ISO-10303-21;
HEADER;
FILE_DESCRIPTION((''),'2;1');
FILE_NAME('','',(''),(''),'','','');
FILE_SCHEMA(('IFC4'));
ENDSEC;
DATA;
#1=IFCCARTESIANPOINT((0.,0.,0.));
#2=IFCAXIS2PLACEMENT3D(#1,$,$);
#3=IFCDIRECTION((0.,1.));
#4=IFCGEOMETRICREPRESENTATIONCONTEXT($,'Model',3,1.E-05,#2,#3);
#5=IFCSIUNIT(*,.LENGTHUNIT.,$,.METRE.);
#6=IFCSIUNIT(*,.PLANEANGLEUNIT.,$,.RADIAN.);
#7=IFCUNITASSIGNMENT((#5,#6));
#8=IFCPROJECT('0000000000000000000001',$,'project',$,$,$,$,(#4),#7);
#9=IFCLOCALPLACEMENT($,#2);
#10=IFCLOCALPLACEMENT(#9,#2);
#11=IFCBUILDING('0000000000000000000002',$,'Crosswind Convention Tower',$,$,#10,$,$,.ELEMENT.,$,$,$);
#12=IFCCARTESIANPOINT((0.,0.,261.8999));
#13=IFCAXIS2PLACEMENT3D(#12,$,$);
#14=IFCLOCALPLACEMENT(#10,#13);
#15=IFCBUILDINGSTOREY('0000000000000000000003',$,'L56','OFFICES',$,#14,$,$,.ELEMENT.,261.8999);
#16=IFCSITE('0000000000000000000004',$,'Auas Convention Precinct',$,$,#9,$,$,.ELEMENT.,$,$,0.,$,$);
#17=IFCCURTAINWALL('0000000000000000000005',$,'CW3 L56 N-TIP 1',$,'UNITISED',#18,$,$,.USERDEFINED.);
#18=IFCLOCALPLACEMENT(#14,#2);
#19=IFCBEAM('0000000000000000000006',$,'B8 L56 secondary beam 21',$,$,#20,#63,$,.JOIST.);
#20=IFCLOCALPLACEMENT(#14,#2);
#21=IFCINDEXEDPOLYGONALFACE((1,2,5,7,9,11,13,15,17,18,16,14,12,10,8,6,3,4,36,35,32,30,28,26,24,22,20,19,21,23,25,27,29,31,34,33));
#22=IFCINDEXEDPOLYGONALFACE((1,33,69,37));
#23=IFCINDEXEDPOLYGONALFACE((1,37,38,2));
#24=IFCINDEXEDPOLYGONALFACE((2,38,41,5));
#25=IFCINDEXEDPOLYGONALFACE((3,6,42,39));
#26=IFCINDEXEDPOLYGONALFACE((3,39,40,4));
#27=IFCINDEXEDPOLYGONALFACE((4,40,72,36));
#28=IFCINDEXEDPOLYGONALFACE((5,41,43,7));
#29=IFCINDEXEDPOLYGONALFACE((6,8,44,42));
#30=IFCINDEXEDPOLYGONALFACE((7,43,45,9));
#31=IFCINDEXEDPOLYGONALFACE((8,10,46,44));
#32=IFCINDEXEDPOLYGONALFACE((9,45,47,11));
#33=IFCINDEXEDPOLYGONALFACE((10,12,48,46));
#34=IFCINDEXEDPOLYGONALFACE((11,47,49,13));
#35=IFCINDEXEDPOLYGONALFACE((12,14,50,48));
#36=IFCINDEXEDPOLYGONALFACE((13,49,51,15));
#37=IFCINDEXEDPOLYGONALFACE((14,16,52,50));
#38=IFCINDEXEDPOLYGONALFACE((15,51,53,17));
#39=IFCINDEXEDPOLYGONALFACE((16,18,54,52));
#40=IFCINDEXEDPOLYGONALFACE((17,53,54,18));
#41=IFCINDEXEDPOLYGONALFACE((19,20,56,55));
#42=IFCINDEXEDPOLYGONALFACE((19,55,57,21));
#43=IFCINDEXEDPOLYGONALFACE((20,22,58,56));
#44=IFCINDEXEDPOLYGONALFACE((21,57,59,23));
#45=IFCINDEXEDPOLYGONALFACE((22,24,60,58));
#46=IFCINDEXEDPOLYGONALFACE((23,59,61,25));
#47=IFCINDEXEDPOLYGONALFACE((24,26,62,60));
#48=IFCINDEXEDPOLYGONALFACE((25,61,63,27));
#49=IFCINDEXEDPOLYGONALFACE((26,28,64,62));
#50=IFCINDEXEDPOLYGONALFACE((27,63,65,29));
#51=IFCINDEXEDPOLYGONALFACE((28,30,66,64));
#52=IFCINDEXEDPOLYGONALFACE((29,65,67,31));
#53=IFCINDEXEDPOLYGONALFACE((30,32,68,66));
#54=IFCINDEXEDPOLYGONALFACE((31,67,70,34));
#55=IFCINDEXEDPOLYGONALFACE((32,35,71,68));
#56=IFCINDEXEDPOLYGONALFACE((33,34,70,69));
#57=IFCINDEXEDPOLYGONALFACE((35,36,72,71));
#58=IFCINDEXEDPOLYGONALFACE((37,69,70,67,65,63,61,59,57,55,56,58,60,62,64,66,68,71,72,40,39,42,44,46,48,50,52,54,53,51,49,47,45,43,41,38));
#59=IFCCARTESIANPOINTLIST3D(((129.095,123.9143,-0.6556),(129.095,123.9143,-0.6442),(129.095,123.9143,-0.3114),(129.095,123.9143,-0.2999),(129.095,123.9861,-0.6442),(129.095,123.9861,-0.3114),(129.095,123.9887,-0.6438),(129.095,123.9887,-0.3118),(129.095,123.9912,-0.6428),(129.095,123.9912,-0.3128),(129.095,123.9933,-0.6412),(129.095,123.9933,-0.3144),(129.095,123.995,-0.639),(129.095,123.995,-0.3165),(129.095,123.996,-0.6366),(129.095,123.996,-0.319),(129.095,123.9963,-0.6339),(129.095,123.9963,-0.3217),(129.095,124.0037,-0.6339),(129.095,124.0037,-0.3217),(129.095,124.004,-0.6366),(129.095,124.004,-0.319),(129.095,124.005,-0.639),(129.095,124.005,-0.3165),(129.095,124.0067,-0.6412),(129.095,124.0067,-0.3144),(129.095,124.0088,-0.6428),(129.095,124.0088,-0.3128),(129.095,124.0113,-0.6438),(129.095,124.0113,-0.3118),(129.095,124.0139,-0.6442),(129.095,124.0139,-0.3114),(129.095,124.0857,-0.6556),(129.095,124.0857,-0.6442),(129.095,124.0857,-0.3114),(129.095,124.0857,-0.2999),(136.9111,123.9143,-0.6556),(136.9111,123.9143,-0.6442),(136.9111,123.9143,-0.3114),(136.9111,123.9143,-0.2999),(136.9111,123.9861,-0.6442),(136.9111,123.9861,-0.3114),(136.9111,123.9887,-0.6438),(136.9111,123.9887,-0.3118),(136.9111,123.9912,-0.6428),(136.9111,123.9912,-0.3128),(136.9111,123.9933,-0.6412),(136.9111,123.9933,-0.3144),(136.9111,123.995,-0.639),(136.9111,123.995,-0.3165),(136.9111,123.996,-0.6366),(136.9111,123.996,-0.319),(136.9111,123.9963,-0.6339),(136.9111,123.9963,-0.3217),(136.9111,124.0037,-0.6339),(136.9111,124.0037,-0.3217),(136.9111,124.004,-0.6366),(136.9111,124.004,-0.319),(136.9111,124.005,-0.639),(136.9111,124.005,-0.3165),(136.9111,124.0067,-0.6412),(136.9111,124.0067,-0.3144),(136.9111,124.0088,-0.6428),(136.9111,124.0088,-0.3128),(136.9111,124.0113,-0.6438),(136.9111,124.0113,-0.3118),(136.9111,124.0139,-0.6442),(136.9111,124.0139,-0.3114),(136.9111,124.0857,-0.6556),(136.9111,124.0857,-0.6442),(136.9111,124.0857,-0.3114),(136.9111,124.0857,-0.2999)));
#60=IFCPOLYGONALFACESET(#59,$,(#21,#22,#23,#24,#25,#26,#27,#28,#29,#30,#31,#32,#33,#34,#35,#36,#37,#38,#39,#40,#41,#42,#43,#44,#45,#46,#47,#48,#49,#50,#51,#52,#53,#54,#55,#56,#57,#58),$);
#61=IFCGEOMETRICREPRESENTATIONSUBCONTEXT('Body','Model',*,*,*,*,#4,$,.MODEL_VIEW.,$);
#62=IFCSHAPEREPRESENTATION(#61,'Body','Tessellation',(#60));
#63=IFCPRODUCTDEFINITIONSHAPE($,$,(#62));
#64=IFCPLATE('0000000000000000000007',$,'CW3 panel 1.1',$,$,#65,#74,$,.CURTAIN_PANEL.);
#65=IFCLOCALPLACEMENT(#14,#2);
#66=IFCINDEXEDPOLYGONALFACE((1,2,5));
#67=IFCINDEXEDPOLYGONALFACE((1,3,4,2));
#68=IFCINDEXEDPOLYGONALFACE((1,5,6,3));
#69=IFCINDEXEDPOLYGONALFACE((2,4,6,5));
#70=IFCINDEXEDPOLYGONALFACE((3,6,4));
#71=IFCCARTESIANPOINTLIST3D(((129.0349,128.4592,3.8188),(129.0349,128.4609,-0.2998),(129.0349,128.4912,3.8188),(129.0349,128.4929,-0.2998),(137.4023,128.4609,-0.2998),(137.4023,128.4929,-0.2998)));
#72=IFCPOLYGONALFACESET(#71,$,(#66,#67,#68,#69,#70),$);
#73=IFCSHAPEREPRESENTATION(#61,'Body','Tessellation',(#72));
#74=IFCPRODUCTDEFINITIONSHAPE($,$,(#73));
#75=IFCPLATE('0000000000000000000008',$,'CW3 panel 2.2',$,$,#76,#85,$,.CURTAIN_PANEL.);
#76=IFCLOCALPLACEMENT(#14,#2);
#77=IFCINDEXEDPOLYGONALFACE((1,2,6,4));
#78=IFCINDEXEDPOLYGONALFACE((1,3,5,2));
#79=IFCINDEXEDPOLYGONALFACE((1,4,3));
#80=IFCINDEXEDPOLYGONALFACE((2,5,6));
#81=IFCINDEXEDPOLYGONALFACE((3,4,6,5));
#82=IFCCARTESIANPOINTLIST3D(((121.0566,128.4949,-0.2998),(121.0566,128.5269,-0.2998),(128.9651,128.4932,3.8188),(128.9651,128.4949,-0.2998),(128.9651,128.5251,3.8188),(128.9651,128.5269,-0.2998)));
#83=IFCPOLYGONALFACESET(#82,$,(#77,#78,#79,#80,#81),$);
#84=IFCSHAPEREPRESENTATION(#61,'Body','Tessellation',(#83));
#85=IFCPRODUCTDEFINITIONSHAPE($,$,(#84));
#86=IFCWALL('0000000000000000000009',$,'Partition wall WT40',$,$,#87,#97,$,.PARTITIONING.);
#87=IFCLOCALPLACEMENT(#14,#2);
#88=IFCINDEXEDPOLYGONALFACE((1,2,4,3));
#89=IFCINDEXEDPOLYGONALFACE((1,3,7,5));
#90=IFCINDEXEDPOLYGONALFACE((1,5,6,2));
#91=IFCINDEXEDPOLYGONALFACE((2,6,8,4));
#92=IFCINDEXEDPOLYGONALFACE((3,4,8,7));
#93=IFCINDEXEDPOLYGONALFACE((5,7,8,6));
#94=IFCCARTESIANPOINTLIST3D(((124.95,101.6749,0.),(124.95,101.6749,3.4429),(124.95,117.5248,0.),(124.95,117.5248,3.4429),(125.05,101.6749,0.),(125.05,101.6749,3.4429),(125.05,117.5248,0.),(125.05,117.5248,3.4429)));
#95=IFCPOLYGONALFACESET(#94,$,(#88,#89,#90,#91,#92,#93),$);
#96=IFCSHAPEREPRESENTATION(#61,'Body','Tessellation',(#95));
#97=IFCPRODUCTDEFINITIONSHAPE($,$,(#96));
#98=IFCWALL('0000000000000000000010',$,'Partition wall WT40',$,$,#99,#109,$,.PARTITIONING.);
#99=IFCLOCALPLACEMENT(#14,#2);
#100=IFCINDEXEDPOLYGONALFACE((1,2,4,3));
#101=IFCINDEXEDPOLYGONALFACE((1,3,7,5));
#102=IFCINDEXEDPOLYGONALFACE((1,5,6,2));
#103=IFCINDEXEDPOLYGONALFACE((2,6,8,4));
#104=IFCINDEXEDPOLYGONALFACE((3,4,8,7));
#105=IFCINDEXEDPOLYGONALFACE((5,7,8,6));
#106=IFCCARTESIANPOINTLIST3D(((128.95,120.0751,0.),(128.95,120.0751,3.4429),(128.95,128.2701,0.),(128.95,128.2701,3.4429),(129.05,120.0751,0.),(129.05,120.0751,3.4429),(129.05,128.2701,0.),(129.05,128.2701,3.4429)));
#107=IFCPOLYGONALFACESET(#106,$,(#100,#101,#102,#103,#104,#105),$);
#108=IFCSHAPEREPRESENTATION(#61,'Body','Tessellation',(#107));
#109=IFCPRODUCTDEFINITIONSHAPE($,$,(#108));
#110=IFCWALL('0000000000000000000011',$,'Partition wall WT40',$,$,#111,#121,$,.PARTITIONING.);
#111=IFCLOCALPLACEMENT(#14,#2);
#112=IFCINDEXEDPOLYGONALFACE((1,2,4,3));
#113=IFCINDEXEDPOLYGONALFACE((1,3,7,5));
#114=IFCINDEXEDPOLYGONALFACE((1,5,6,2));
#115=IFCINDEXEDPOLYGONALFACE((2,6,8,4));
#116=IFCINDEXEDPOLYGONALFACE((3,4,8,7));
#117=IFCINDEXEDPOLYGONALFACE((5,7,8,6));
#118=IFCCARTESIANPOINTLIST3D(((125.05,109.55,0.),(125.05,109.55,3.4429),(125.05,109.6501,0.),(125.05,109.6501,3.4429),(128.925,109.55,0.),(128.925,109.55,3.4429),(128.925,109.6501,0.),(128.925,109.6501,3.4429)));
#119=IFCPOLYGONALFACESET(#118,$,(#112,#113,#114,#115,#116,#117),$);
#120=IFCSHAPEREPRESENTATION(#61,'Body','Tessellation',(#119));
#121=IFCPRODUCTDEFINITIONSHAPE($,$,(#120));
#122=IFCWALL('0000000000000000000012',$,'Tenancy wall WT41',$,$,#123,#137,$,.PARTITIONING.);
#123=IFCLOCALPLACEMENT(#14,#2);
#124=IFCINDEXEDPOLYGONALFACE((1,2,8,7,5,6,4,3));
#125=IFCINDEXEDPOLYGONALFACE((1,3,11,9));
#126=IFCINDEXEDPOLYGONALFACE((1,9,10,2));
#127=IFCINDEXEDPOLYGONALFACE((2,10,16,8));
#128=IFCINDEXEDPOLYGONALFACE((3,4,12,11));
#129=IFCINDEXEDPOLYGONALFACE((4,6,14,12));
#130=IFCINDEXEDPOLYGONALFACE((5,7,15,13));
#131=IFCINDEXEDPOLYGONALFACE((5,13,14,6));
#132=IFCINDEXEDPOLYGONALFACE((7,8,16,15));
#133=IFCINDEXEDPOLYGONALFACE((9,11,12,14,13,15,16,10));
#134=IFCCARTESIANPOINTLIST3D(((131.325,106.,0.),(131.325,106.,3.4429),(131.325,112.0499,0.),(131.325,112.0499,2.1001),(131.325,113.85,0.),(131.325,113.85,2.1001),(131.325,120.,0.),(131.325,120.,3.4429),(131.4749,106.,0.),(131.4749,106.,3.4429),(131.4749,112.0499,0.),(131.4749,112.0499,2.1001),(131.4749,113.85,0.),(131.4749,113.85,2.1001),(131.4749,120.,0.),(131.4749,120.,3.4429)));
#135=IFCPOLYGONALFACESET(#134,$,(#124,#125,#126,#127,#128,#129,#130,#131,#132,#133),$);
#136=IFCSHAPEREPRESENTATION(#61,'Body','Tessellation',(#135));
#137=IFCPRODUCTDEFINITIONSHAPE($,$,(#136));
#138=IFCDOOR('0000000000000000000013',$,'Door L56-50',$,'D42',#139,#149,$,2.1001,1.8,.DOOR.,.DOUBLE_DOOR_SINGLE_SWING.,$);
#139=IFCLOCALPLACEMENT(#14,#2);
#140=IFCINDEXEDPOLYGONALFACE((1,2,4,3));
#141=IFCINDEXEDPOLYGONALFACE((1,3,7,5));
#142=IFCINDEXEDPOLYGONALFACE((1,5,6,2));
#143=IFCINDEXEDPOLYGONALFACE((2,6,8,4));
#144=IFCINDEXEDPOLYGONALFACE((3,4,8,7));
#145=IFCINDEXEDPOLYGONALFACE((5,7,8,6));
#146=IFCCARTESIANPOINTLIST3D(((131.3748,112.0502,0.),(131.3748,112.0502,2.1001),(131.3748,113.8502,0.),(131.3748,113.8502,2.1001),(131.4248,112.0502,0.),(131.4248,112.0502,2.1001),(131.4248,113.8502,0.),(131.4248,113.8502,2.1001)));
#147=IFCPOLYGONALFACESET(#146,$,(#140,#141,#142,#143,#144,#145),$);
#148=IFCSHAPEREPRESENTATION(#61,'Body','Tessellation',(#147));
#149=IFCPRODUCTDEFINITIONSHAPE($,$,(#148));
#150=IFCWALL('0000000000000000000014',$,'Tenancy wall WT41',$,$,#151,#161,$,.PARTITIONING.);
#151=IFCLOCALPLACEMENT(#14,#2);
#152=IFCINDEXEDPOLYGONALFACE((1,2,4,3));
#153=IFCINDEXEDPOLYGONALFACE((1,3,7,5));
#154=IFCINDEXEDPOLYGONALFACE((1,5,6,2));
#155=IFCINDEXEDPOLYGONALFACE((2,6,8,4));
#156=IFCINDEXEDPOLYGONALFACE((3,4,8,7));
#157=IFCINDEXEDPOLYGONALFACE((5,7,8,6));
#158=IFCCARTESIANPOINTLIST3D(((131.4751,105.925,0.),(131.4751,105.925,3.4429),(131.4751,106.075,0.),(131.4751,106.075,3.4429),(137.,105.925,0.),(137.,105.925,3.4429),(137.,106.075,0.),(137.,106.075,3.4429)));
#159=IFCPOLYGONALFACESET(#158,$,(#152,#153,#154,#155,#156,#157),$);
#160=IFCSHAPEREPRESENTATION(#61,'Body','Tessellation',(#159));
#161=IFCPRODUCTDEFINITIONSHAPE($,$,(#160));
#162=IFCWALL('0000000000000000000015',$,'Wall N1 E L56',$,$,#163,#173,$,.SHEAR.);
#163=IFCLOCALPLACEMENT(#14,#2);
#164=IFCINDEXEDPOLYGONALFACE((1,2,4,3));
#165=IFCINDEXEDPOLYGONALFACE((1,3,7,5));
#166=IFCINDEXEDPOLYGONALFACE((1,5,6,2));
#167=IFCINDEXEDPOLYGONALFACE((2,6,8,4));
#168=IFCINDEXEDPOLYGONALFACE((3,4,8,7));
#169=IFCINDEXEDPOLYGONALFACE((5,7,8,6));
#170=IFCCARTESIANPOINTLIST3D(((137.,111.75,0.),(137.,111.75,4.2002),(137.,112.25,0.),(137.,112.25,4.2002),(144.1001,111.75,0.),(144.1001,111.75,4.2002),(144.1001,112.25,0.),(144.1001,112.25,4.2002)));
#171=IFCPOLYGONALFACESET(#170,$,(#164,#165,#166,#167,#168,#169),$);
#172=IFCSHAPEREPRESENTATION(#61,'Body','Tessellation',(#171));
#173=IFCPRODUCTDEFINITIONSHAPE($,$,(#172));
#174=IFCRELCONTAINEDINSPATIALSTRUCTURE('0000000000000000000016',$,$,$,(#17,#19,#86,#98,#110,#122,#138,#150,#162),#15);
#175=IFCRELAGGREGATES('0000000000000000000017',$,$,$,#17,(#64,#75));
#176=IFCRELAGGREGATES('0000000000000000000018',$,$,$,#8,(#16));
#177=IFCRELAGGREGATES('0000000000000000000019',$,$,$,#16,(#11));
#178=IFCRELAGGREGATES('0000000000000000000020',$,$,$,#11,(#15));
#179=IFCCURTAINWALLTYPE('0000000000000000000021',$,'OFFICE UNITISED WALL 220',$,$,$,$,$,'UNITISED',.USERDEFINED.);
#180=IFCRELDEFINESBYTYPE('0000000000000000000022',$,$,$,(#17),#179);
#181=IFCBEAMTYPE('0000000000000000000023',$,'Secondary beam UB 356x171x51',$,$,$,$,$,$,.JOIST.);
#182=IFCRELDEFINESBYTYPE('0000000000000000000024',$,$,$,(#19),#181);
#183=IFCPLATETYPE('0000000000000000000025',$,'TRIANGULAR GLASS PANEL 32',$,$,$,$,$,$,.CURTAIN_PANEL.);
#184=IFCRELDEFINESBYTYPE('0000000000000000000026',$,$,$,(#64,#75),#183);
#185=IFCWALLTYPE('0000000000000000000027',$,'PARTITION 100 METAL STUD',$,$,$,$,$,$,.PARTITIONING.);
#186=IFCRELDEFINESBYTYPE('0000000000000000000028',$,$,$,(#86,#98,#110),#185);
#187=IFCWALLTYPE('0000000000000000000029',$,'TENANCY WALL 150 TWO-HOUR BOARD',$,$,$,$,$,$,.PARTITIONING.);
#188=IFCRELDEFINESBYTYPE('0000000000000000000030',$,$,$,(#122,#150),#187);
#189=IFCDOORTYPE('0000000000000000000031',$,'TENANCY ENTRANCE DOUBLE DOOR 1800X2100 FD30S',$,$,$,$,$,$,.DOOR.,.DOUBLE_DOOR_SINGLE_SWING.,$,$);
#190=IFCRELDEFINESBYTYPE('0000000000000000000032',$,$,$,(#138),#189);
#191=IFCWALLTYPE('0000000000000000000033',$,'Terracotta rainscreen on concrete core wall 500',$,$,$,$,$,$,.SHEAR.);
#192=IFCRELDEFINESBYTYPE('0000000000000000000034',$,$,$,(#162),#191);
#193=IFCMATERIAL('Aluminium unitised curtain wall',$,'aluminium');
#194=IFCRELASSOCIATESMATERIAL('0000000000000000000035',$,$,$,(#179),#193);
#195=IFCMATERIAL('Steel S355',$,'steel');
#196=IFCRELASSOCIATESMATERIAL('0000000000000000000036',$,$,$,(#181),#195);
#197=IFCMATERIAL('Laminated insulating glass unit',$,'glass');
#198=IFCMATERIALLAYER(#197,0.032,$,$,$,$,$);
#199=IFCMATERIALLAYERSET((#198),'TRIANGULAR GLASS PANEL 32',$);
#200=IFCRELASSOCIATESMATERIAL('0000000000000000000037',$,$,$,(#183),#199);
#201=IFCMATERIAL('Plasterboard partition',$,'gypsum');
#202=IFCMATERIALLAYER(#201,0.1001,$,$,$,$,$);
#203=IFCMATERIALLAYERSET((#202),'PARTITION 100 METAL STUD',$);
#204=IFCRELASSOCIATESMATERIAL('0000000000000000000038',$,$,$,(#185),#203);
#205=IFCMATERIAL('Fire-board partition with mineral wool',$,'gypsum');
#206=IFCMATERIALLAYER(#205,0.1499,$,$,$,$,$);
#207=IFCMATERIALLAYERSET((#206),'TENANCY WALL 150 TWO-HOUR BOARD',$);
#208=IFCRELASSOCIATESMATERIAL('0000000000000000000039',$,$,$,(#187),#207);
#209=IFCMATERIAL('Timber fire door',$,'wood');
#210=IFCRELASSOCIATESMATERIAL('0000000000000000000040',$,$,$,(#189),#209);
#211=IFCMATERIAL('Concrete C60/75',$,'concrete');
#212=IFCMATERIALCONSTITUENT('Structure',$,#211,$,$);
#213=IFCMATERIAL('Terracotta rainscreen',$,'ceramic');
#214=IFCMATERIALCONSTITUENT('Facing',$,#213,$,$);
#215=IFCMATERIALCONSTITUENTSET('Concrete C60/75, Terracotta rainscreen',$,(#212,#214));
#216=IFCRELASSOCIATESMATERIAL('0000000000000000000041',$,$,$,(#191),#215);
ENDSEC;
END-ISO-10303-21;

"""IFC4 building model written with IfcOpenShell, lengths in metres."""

from ifc_helpers import new_model, si_unit, direction, frame, frame_2d, origin, origin_2d, place, context, subcontext, project, spatial, polyline, rectangle, i_section, outline, extrude, material, layer, layer_set, constituent, constituent_set, material_profile, profile_set, type_object, element, fill, aggregate, save


model = new_model("IFC4")

# Units and contexts
model_context = context("Model", 3, precision=1e-05, world=origin(), true_north=direction((0.0, 1.0)))
body_context = subcontext(model_context, "Body", "Model", "MODEL_VIEW")
ifc_project = project(units=[si_unit("LENGTHUNIT", "METRE"), si_unit("PLANEANGLEUNIT", "RADIAN")], contexts=[model_context])

# Site, building, storey
site_placement = place(None, origin())
site = spatial("IfcSite", under=ifc_project, at=site_placement, Name="Auas Convention Precinct", CompositionType="ELEMENT", RefElevation=0.0)
building_placement = place(site_placement, origin())
building = spatial("IfcBuilding", under=site, at=building_placement, Name="Crosswind Convention Tower", CompositionType="ELEMENT")
storey_placement = place(building_placement, frame((0.0, 0.0, 261.8999)))
storey = spatial("IfcBuildingStorey", under=building, at=storey_placement, Name="L56", Description="OFFICES", CompositionType="ELEMENT", Elevation=261.8999)

# Shared definitions
ifc_material_1 = material(Name="Concrete C60/75", Category="concrete")

# Shared definitions
ifc_material_2 = material(Name="Steel S355", Category="steel")

# Curtain wall
ifc_material_3 = material(Name="Aluminium unitised curtain wall", Category="aluminium")
curtain_wall_type = type_object("IfcCurtainWallType", Name="OFFICE UNITISED WALL 220", ElementType="UNITISED", PredefinedType="USERDEFINED", material=ifc_material_3)
curtain_wall_placement = place(storey_placement, origin())
curtain_wall = element("IfcCurtainWall", 1, at=curtain_wall_placement, inside=storey, type_object=curtain_wall_type, Name="CW3 L56 N-TIP 1", ObjectType="UNITISED", PredefinedType="USERDEFINED")

# Beam
ifc_material_profile_1 = material_profile(ifc_material_2, i_section(OverallWidth=0.1714, OverallDepth=0.3557, WebThickness=0.0073, FlangeThickness=0.0115, FilletRadius=0.0103, at=origin_2d()), Name="UB 356x171x51")
ifc_profile_set_1 = profile_set([ifc_material_profile_1], Name="Steel S355")
beam_type_1 = type_object("IfcBeamType", Name="Secondary beam UB 356x171x51", PredefinedType="JOIST", material=ifc_profile_set_1)
for number, where, z_axis, x_axis, name in (
    (2, (129.095, 124.0, -0.4778), (1.0, 0.0, 0.0), (0.0, 1.0, 0.0), "B8 L56 secondary beam 21"),
):
    element("IfcBeam", number, at=place(storey_placement, frame(where, z_axis=z_axis, x_axis=x_axis)), inside=storey, type_object=beam_type_1, Name=name, PredefinedType="JOIST", context=body_context, shape_type="SweptSolid", body=[
        extrude(i_section(OverallWidth=0.1714, OverallDepth=0.3557, WebThickness=0.0073, FlangeThickness=0.0115, FilletRadius=0.0103, at=origin_2d()), origin(), (0.0, 0.0, 1.0), 7.8162),
    ])

# Plates
ifc_material_4 = material(Name="Laminated insulating glass unit", Category="glass")
ifc_layer_1 = layer(ifc_material_4, 0.032)
ifc_layer_set_1 = layer_set([ifc_layer_1], Name="TRIANGULAR GLASS PANEL 32")
plate_type = type_object("IfcPlateType", Name="TRIANGULAR GLASS PANEL 32", PredefinedType="CURTAIN_PANEL", material=ifc_layer_set_1)
plate_1_placement = place(storey_placement, frame((129.0349, 128.4929, -0.2998), z_axis=(0.0, 1.0, 0.000415), x_axis=(0.0, -0.000415, 1.0)))
plate_1 = element("IfcPlate", 3, at=plate_1_placement, type_object=plate_type, Name="CW3 panel 1.1", PredefinedType="CURTAIN_PANEL", context=body_context, shape_type="SweptSolid", body=[
    extrude(outline(polyline([(0.0, 0.0), (4.1187, 0.0), (0.0, 8.3674), (0.0, 0.0)])), origin(), (0.0, 0.0, -1.0), 0.032),
])
plate_2_placement = place(storey_placement, frame((128.9651, 128.5269, -0.2998), z_axis=(0.0, 1.0, 0.000415), x_axis=(-1.0, 0.0, 0.0)))
plate_2 = element("IfcPlate", 4, at=plate_2_placement, type_object=plate_type, Name="CW3 panel 2.2", PredefinedType="CURTAIN_PANEL", context=body_context, shape_type="SweptSolid", body=[
    extrude(outline(polyline([(0.0, 0.0), (7.9084, 0.0), (0.0, 4.1187), (0.0, 0.0)])), origin(), (0.0, 0.0, -1.0), 0.032),
])
aggregate(curtain_wall, [plate_1, plate_2])

# Walls
ifc_material_5 = material(Name="Plasterboard partition", Category="gypsum")
ifc_layer_2 = layer(ifc_material_5, 0.1001)
ifc_layer_set_2 = layer_set([ifc_layer_2], Name="PARTITION 100 METAL STUD")
wall_type_1 = type_object("IfcWallType", Name="PARTITION 100 METAL STUD", PredefinedType="PARTITIONING", material=ifc_layer_set_2)
wall_1_placement = place(storey_placement, frame((125.0, 101.675, 0.0), z_axis=(0.0, 0.0, 1.0), x_axis=(0.0, 1.0, 0.0)))
element("IfcWall", 5, at=wall_1_placement, inside=storey, type_object=wall_type_1, Name="Partition wall WT40", PredefinedType="PARTITIONING", context=body_context, shape_type="SweptSolid", body=[
    extrude(rectangle(XDim=15.8499, YDim=0.1001, at=frame_2d((7.9248, 0.0))), origin(), (0.0, 0.0, 1.0), 3.4429),
])
wall_2_placement = place(storey_placement, frame((129.0, 120.075, 0.0), z_axis=(0.0, 0.0, 1.0), x_axis=(0.0, 1.0, 0.0)))
element("IfcWall", 6, at=wall_2_placement, inside=storey, type_object=wall_type_1, Name="Partition wall WT40", PredefinedType="PARTITIONING", context=body_context, shape_type="SweptSolid", body=[
    extrude(rectangle(XDim=8.1951, YDim=0.1001, at=frame_2d((4.0977, 0.0))), origin(), (0.0, 0.0, 1.0), 3.4429),
])
wall_3_placement = place(storey_placement, frame((125.05, 109.6001, 0.0), z_axis=(0.0, 0.0, 1.0), x_axis=(1.0, 0.0, 0.0)))
element("IfcWall", 7, at=wall_3_placement, inside=storey, type_object=wall_type_1, Name="Partition wall WT40", PredefinedType="PARTITIONING", context=body_context, shape_type="SweptSolid", body=[
    extrude(rectangle(XDim=3.875, YDim=0.1001, at=frame_2d((1.9375, 0.0))), origin(), (0.0, 0.0, 1.0), 3.4429),
])

# Wall, opening, door
ifc_material_6 = material(Name="Fire-board partition with mineral wool", Category="gypsum")
ifc_layer_3 = layer(ifc_material_6, 0.1499)
ifc_layer_set_3 = layer_set([ifc_layer_3], Name="TENANCY WALL 150 TWO-HOUR BOARD")
wall_type_2 = type_object("IfcWallType", Name="TENANCY WALL 150 TWO-HOUR BOARD", PredefinedType="PARTITIONING", material=ifc_layer_set_3)
wall_4_placement = place(storey_placement, frame((131.3999, 106.0, 0.0), z_axis=(0.0, 0.0, 1.0), x_axis=(0.0, 1.0, 0.0)))
wall_4 = element("IfcWall", 8, at=wall_4_placement, inside=storey, type_object=wall_type_2, Name="Tenancy wall WT41", PredefinedType="PARTITIONING", context=body_context, shape_type="SweptSolid", body=[
    extrude(rectangle(XDim=14.0, YDim=0.1499, at=frame_2d((7.0, 0.0))), origin(), (0.0, 0.0, 1.0), 3.4429),
])
opening_placement = place(wall_4_placement, frame((6.05, 0.0, 0.0)))
opening = element("IfcOpeningElement", 9, at=opening_placement, cuts=wall_4, PredefinedType="OPENING", context=body_context, shape_type="SweptSolid", body=[
    extrude(rectangle(XDim=1.8, YDim=2.1001, at=frame_2d((0.8999, 1.05))), frame((0.0, 0.085, 0.0), z_axis=(0.0, -1.0, 0.0), x_axis=(1.0, 0.0, 0.0)), (0.0, 0.0, 1.0), 0.1699),
])
ifc_material_7 = material(Name="Timber fire door", Category="wood")
door_type = type_object("IfcDoorType", Name="TENANCY ENTRANCE DOUBLE DOOR 1800X2100 FD30S", OperationType="DOUBLE_DOOR_SINGLE_SWING", PredefinedType="DOOR", material=ifc_material_7)
door_placement = place(opening_placement, frame((1.8, 0.0, 0.0), z_axis=(0.0, 0.0, 1.0), x_axis=(-1.0, 0.0, 0.0)))
door = element("IfcDoor", 10, at=door_placement, inside=storey, type_object=door_type, Name="Door L56-50", ObjectType="D42", OperationType="DOUBLE_DOOR_SINGLE_SWING", OverallHeight=2.1001, OverallWidth=1.8, PredefinedType="DOOR", context=body_context, shape_type="SweptSolid", body=[
    extrude(rectangle(XDim=1.8, YDim=2.1001, at=frame_2d((0.8999, 1.05))), frame((0.0, 0.0249, 0.0), z_axis=(0.0, -1.0, 0.0), x_axis=(1.0, 0.0, 0.0)), (0.0, 0.0, 1.0), 0.05),
])
fill(opening, door)

# Walls
wall_5_placement = place(storey_placement, frame((131.4751, 106.0, 0.0), z_axis=(0.0, 0.0, 1.0), x_axis=(1.0, 0.0, 0.0)))
element("IfcWall", 11, at=wall_5_placement, inside=storey, type_object=wall_type_2, Name="Tenancy wall WT41", PredefinedType="PARTITIONING", context=body_context, shape_type="SweptSolid", body=[
    extrude(rectangle(XDim=5.5249, YDim=0.1499, at=frame_2d((2.7625, 0.0))), origin(), (0.0, 0.0, 1.0), 3.4429),
])
ifc_constituent_1 = constituent(ifc_material_1, Name="Structure")
ifc_material_8 = material(Name="Terracotta rainscreen", Category="ceramic")
ifc_constituent_2 = constituent(ifc_material_8, Name="Facing")
ifc_constituent_set = constituent_set(constituents=[ifc_constituent_1, ifc_constituent_2], Name="Concrete C60/75, Terracotta rainscreen")
wall_type_3 = type_object("IfcWallType", Name="Terracotta rainscreen on concrete core wall 500", PredefinedType="SHEAR", material=ifc_constituent_set)
wall_6_placement = place(storey_placement, frame((137.0, 112.0, 0.0), z_axis=(0.0, 0.0, 1.0), x_axis=(1.0, 0.0, 0.0)))
element("IfcWall", 12, at=wall_6_placement, inside=storey, type_object=wall_type_3, Name="Wall N1 E L56", PredefinedType="SHEAR", context=body_context, shape_type="SweptSolid", body=[
    extrude(rectangle(XDim=7.1001, YDim=0.5, at=frame_2d((3.55, 0.0))), origin(), (0.0, 0.0, 1.0), 4.2002),
])

save(model, "model.ifc")
